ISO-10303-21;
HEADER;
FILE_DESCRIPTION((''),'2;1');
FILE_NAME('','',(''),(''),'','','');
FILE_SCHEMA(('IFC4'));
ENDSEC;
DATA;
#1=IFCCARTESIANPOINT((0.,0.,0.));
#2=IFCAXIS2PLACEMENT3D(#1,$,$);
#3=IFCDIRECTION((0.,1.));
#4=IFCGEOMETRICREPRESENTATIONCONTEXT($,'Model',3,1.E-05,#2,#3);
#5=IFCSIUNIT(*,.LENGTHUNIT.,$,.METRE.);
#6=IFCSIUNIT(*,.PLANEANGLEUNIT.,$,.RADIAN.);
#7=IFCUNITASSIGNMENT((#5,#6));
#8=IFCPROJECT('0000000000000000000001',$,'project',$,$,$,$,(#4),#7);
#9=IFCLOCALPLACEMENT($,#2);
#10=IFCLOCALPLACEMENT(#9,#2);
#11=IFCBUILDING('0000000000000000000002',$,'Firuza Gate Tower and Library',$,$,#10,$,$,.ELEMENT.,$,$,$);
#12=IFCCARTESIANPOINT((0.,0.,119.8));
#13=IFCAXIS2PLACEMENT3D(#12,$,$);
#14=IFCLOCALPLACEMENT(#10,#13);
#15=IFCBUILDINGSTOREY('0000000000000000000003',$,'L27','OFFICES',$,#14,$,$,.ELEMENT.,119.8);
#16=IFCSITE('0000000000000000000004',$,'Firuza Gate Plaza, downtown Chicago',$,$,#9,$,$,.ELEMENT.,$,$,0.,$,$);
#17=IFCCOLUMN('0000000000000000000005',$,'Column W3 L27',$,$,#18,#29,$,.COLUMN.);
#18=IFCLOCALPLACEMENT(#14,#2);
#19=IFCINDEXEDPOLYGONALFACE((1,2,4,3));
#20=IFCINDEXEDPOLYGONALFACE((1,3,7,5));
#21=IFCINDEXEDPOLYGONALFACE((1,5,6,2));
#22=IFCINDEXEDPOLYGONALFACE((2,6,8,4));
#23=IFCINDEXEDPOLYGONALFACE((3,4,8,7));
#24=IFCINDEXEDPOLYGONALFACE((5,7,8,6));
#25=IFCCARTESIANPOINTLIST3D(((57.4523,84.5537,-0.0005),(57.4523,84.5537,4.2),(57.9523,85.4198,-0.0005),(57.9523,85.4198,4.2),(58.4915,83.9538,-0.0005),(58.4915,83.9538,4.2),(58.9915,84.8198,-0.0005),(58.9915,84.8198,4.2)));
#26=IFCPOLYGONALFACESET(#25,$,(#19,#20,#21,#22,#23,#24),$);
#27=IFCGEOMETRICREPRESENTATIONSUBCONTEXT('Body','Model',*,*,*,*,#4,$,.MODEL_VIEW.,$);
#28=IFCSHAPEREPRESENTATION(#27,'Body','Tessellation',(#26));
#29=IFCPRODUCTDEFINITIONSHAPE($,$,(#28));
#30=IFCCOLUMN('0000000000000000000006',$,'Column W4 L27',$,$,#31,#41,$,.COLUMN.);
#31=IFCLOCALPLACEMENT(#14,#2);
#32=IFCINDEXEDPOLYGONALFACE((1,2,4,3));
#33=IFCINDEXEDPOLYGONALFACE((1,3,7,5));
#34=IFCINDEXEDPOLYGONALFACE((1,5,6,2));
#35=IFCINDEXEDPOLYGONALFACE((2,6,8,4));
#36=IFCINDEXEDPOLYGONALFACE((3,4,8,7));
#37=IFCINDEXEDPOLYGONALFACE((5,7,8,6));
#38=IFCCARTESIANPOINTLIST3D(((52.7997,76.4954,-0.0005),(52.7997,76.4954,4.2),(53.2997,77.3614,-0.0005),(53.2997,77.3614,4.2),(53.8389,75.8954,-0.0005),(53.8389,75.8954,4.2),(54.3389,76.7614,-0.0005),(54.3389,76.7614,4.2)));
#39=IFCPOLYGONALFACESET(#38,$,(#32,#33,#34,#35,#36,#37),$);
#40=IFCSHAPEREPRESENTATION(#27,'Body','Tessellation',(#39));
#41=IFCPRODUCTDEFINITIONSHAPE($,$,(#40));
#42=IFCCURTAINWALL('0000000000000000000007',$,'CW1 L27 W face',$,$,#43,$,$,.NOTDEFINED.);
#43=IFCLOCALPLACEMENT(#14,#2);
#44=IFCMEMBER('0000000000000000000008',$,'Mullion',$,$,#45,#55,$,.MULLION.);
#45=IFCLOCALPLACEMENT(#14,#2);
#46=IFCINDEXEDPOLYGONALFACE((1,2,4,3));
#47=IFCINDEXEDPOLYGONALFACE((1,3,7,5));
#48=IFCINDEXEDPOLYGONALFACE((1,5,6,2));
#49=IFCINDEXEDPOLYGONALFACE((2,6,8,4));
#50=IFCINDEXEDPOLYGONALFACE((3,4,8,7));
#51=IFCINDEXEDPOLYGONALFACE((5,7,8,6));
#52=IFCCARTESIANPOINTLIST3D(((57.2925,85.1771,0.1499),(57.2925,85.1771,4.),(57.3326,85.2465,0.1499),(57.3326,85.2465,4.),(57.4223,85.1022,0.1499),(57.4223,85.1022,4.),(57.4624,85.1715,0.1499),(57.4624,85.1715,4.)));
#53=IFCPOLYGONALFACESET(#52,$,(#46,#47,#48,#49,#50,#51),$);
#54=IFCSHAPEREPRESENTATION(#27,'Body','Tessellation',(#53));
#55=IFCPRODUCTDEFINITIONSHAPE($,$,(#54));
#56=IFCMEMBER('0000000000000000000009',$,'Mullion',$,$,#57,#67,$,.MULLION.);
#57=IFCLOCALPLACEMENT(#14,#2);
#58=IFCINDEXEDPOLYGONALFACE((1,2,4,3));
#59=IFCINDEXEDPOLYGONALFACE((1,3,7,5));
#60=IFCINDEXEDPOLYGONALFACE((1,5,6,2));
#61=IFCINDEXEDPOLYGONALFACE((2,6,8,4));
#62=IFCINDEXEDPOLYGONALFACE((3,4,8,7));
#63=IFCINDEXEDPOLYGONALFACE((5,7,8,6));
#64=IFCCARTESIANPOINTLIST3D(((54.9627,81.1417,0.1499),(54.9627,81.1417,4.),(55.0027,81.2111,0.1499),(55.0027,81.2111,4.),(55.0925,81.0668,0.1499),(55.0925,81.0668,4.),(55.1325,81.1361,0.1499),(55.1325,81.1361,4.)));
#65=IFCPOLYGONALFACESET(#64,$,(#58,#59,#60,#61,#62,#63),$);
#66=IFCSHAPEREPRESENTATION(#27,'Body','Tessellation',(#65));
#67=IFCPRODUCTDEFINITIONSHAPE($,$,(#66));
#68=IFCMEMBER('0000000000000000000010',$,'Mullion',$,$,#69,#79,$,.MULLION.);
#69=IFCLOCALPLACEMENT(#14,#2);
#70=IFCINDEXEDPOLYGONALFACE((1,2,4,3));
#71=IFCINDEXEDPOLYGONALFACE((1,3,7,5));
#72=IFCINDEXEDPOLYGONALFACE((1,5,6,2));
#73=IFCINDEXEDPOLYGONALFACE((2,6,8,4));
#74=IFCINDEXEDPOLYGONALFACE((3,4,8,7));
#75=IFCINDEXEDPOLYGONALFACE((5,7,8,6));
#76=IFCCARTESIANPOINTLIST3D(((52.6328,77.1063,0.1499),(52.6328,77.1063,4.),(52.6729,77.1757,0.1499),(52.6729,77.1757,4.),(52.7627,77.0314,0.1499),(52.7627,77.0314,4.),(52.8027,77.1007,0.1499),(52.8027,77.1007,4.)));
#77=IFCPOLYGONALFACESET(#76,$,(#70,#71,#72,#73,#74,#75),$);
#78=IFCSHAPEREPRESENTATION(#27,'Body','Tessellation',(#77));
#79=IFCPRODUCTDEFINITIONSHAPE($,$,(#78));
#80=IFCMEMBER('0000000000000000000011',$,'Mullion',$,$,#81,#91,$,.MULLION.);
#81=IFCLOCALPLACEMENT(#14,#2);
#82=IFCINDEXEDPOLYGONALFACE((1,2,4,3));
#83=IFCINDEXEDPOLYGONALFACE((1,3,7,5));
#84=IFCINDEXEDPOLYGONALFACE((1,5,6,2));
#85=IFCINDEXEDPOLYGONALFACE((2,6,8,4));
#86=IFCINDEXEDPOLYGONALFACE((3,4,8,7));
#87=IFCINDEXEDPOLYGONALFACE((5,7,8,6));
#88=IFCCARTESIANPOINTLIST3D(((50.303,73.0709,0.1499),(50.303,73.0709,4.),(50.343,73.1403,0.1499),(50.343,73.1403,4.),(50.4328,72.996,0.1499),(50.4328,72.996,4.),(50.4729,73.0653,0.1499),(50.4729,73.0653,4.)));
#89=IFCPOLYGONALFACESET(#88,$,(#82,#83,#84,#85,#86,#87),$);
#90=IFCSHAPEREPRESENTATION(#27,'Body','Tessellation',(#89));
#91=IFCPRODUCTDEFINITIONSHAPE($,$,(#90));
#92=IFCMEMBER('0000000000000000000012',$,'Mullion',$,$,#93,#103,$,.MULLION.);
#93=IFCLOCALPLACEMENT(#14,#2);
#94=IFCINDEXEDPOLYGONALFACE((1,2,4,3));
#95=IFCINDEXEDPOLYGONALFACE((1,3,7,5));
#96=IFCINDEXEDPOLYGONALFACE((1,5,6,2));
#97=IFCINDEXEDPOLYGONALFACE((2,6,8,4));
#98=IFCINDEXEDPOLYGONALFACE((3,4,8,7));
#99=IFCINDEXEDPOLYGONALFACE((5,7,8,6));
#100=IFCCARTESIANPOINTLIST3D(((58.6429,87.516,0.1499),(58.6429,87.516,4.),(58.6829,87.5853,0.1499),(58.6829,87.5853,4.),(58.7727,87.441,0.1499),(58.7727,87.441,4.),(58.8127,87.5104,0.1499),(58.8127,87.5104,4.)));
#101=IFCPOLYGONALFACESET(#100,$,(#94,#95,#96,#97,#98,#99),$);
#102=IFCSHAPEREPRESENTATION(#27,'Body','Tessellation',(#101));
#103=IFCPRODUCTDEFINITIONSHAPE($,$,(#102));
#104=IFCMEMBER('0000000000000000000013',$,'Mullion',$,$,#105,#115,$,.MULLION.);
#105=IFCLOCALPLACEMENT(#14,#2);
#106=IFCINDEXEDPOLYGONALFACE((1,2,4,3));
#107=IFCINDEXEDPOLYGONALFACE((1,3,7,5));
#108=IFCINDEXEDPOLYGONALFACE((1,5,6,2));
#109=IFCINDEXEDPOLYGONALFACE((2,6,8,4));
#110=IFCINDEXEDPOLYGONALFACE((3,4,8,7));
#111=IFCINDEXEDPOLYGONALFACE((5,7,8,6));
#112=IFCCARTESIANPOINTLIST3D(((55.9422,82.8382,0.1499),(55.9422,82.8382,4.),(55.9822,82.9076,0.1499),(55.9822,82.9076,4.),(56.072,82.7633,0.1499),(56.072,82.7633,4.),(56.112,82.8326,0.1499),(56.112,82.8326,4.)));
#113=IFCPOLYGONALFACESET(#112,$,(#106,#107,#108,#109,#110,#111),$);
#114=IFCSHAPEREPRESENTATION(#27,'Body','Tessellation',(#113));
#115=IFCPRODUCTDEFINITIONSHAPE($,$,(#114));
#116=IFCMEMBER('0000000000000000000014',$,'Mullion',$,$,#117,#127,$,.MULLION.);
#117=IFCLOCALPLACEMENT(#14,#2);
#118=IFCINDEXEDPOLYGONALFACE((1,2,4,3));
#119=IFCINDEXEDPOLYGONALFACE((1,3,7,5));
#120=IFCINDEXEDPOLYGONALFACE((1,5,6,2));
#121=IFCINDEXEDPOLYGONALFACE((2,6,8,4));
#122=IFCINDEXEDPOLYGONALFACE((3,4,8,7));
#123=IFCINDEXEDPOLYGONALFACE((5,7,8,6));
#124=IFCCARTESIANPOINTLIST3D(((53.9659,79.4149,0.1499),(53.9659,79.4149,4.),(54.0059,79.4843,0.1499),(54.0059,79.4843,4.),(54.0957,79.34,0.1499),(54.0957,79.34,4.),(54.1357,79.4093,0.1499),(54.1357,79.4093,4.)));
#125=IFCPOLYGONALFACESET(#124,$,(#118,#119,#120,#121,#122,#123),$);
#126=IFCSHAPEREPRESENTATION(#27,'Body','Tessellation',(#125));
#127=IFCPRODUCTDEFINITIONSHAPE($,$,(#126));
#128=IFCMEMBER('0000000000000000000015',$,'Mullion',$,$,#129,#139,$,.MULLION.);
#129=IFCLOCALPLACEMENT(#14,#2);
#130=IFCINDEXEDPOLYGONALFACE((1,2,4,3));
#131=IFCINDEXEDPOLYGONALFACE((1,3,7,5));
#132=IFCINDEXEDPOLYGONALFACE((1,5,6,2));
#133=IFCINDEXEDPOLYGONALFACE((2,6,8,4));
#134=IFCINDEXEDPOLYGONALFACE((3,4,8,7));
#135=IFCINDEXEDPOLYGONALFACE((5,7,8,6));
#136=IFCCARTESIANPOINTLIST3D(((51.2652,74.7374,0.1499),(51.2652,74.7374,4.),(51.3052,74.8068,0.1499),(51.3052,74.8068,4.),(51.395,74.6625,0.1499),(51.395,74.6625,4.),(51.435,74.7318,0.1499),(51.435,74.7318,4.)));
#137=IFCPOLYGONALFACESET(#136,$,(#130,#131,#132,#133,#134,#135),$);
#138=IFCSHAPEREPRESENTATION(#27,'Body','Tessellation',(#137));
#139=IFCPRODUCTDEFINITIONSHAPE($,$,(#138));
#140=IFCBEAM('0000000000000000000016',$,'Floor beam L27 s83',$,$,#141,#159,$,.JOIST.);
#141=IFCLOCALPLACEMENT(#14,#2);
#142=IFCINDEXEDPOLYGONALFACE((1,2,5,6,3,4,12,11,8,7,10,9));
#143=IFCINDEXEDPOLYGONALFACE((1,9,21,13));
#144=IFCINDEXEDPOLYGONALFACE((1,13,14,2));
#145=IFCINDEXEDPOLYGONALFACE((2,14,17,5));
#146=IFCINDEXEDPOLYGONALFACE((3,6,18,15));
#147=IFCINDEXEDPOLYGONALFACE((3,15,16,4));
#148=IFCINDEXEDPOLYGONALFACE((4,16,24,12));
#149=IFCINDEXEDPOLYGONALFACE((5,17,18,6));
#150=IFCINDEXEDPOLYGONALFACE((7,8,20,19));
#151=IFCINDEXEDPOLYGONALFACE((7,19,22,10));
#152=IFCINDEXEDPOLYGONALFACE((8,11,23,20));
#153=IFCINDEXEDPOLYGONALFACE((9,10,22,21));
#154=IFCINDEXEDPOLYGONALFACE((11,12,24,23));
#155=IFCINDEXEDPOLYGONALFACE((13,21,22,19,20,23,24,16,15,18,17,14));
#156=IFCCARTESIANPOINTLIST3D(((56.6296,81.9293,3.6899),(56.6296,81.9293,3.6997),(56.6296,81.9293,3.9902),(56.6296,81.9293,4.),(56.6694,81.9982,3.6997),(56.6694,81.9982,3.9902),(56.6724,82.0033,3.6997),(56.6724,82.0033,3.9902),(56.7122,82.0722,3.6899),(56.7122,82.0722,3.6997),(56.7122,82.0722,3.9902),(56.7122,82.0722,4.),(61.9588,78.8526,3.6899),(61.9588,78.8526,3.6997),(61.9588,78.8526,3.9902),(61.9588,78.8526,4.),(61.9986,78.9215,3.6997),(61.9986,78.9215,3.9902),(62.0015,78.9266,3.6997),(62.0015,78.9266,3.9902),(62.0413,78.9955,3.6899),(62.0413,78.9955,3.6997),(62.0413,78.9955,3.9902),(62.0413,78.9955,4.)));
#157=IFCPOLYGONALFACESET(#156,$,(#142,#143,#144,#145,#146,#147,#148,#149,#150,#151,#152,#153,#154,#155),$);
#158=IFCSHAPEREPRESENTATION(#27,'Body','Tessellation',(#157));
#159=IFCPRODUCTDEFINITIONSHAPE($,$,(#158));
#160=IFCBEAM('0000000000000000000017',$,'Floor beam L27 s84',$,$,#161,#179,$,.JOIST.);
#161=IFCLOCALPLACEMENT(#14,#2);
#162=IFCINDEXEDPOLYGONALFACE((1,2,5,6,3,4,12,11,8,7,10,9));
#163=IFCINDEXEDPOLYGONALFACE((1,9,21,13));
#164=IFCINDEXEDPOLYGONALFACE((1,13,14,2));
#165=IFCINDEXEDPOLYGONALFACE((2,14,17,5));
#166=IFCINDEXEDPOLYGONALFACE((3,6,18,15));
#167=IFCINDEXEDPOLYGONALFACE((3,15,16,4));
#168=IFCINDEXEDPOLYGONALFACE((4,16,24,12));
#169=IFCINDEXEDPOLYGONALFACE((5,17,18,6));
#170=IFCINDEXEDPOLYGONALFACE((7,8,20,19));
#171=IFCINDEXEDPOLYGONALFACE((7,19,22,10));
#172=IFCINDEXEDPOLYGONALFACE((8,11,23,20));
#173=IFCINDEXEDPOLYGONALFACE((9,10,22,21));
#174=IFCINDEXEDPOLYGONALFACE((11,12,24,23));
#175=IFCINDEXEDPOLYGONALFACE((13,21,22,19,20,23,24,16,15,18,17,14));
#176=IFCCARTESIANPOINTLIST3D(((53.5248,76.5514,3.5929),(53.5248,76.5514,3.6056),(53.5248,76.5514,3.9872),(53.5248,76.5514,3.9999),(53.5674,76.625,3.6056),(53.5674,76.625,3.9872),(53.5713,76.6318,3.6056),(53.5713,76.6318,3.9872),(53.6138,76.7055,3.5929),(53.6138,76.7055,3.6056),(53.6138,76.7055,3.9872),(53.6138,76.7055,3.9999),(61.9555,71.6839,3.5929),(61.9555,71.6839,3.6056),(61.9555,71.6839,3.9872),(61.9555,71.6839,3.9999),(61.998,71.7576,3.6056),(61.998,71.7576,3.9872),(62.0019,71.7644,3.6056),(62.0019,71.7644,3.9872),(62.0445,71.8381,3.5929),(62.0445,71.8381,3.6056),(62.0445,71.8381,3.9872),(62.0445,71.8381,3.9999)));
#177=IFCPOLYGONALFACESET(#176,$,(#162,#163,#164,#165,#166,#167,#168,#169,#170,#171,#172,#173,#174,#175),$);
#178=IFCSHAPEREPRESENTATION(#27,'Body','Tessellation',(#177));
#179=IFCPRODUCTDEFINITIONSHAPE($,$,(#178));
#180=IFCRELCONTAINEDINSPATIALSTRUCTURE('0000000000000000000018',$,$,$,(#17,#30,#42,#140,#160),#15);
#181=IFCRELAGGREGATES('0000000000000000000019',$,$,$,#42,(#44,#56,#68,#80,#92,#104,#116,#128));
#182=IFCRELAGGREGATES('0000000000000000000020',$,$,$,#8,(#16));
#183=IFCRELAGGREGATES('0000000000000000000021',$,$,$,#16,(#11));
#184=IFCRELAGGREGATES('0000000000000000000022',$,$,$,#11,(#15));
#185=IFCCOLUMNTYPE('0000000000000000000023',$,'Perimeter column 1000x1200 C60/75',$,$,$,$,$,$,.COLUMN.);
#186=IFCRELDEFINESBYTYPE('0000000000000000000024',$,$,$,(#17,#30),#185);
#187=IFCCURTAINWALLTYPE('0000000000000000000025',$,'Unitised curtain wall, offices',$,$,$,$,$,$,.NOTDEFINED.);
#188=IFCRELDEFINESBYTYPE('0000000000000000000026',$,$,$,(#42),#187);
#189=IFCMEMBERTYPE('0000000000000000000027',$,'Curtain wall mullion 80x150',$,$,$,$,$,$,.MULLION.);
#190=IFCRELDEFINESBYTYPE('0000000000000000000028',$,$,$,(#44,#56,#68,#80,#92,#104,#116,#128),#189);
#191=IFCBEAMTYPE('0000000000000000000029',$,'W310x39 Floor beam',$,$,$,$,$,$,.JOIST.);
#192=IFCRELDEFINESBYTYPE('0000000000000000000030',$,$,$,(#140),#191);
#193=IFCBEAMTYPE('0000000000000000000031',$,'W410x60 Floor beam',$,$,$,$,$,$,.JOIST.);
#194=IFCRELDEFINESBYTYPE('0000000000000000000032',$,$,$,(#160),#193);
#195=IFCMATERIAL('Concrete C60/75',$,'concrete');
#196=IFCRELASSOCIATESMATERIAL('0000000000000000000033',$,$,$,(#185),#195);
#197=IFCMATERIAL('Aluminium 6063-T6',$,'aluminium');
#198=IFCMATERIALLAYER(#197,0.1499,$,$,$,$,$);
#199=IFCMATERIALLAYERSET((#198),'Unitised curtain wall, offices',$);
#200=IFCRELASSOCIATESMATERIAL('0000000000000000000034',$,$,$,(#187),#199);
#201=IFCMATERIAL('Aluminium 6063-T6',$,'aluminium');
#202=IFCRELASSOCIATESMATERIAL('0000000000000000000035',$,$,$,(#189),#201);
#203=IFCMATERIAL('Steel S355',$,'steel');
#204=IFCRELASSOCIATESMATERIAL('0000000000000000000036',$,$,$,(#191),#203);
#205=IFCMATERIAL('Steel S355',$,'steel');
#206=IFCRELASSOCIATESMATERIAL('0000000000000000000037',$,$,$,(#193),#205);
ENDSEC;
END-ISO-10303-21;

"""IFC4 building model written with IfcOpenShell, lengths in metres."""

from ifc_helpers import new_model, si_unit, direction, frame, origin, origin_2d, place, context, subcontext, project, spatial, rectangle, i_section, extrude, material, layer, layer_set, material_profile, profile_set, type_object, element, aggregate, save


model = new_model("IFC4")

# Units and contexts
model_context = context("Model", 3, precision=1e-05, world=origin(), true_north=direction((0.0, 1.0)))
body_context = subcontext(model_context, "Body", "Model", "MODEL_VIEW")
ifc_project = project(units=[si_unit("LENGTHUNIT", "METRE"), si_unit("PLANEANGLEUNIT", "RADIAN")], contexts=[model_context])

# Site, building, storey
site_placement = place(None, origin())
site = spatial("IfcSite", under=ifc_project, at=site_placement, Name="Firuza Gate Plaza, downtown Chicago", CompositionType="ELEMENT", RefElevation=0.0)
building_placement = place(site_placement, origin())
building = spatial("IfcBuilding", under=site, at=building_placement, Name="Firuza Gate Tower and Library", CompositionType="ELEMENT")
storey_placement = place(building_placement, frame((0.0, 0.0, 119.8)))
storey = spatial("IfcBuildingStorey", under=building, at=storey_placement, Name="L27", Description="OFFICES", CompositionType="ELEMENT", Elevation=119.8)

# Columns
ifc_material_1 = material(Name="Concrete C60/75", Category="concrete")
ifc_material_profile_1 = material_profile(ifc_material_1, rectangle(XDim=1.0, YDim=1.2, at=origin_2d()))
ifc_profile_set_1 = profile_set([ifc_material_profile_1], Name="Concrete C60/75")
column_type = type_object("IfcColumnType", Name="Perimeter column 1000x1200 C60/75", PredefinedType="COLUMN", material=ifc_profile_set_1)
for number, where, z_axis, x_axis, name in (
    (1, (58.2219, 84.6868, -0.0005), (0.0, 0.0, 1.0), (-0.5, -0.866025, 0.0), "Column W3 L27"),
    (2, (53.5693, 76.6284, -0.0005), (0.0, 0.0, 1.0), (-0.5, -0.866025, 0.0), "Column W4 L27"),
):
    element("IfcColumn", number, at=place(storey_placement, frame(where, z_axis=z_axis, x_axis=x_axis)), inside=storey, type_object=column_type, Name=name, PredefinedType="COLUMN", context=body_context, shape_type="SweptSolid", body=[
        extrude(rectangle(XDim=1.0, YDim=1.2, at=origin_2d()), origin(), (0.0, 0.0, 1.0), 4.2004),
    ])

# Curtain wall, members
ifc_material_2 = material(Name="Aluminium 6063-T6", Category="aluminium")
ifc_layer_1 = layer(ifc_material_2, 0.1499)
ifc_layer_set_1 = layer_set([ifc_layer_1], Name="Unitised curtain wall, offices")
curtain_wall_type = type_object("IfcCurtainWallType", Name="Unitised curtain wall, offices", PredefinedType="NOTDEFINED", material=ifc_layer_set_1)
curtain_wall_placement = place(storey_placement, origin())
curtain_wall = element("IfcCurtainWall", 3, at=curtain_wall_placement, inside=storey, type_object=curtain_wall_type, Name="CW1 L27 W face", PredefinedType="NOTDEFINED")
ifc_material_3 = material(Name="Aluminium 6063-T6", Category="aluminium")
ifc_material_profile_2 = material_profile(ifc_material_3, rectangle(XDim=0.1499, YDim=0.0801, at=origin_2d()))
ifc_profile_set_2 = profile_set([ifc_material_profile_2], Name="Aluminium 6063-T6")
member_type = type_object("IfcMemberType", Name="Curtain wall mullion 80x150", PredefinedType="MULLION", material=ifc_profile_set_2)
member_1_placement = place(storey_placement, frame((57.3774, 85.1743, 0.1499), z_axis=(0.0, 0.0, 1.0), x_axis=(0.866025, -0.5, 0.0)))
member_1 = element("IfcMember", 4, at=member_1_placement, type_object=member_type, Name="Mullion", PredefinedType="MULLION", context=body_context, shape_type="SweptSolid", body=[
    extrude(rectangle(XDim=0.1499, YDim=0.0801, at=origin_2d()), origin(), (0.0, 0.0, 1.0), 3.8501),
])
member_2_placement = place(storey_placement, frame((55.0476, 81.1389, 0.1499), z_axis=(0.0, 0.0, 1.0), x_axis=(0.866025, -0.5, 0.0)))
member_2 = element("IfcMember", 5, at=member_2_placement, type_object=member_type, Name="Mullion", PredefinedType="MULLION", context=body_context, shape_type="SweptSolid", body=[
    extrude(rectangle(XDim=0.1499, YDim=0.0801, at=origin_2d()), origin(), (0.0, 0.0, 1.0), 3.8501),
])
member_3_placement = place(storey_placement, frame((52.7178, 77.1035, 0.1499), z_axis=(0.0, 0.0, 1.0), x_axis=(0.866025, -0.5, 0.0)))
member_3 = element("IfcMember", 6, at=member_3_placement, type_object=member_type, Name="Mullion", PredefinedType="MULLION", context=body_context, shape_type="SweptSolid", body=[
    extrude(rectangle(XDim=0.1499, YDim=0.0801, at=origin_2d()), origin(), (0.0, 0.0, 1.0), 3.8501),
])
member_4_placement = place(storey_placement, frame((50.3879, 73.0681, 0.1499), z_axis=(0.0, 0.0, 1.0), x_axis=(0.866025, -0.5, 0.0)))
member_4 = element("IfcMember", 7, at=member_4_placement, type_object=member_type, Name="Mullion", PredefinedType="MULLION", context=body_context, shape_type="SweptSolid", body=[
    extrude(rectangle(XDim=0.1499, YDim=0.0801, at=origin_2d()), origin(), (0.0, 0.0, 1.0), 3.8501),
])
member_5_placement = place(storey_placement, frame((58.7278, 87.5132, 0.1499), z_axis=(0.0, 0.0, 1.0), x_axis=(0.866025, -0.5, 0.0)))
member_5 = element("IfcMember", 8, at=member_5_placement, type_object=member_type, Name="Mullion", PredefinedType="MULLION", context=body_context, shape_type="SweptSolid", body=[
    extrude(rectangle(XDim=0.1499, YDim=0.0801, at=origin_2d()), origin(), (0.0, 0.0, 1.0), 3.8501),
])
member_6_placement = place(storey_placement, frame((56.0271, 82.8354, 0.1499), z_axis=(0.0, 0.0, 1.0), x_axis=(0.866025, -0.5, 0.0)))
member_6 = element("IfcMember", 9, at=member_6_placement, type_object=member_type, Name="Mullion", PredefinedType="MULLION", context=body_context, shape_type="SweptSolid", body=[
    extrude(rectangle(XDim=0.1499, YDim=0.0801, at=origin_2d()), origin(), (0.0, 0.0, 1.0), 3.8501),
])
member_7_placement = place(storey_placement, frame((54.0508, 79.4121, 0.1499), z_axis=(0.0, 0.0, 1.0), x_axis=(0.866025, -0.5, 0.0)))
member_7 = element("IfcMember", 10, at=member_7_placement, type_object=member_type, Name="Mullion", PredefinedType="MULLION", context=body_context, shape_type="SweptSolid", body=[
    extrude(rectangle(XDim=0.1499, YDim=0.0801, at=origin_2d()), origin(), (0.0, 0.0, 1.0), 3.8501),
])
member_8_placement = place(storey_placement, frame((51.3501, 74.7346, 0.1499), z_axis=(0.0, 0.0, 1.0), x_axis=(0.866025, -0.5, 0.0)))
member_8 = element("IfcMember", 11, at=member_8_placement, type_object=member_type, Name="Mullion", PredefinedType="MULLION", context=body_context, shape_type="SweptSolid", body=[
    extrude(rectangle(XDim=0.1499, YDim=0.0801, at=origin_2d()), origin(), (0.0, 0.0, 1.0), 3.8501),
])

# Beams
ifc_material_4 = material(Name="Steel S355", Category="steel")
ifc_material_profile_3 = material_profile(ifc_material_4, i_section(OverallWidth=0.165, OverallDepth=0.3101, WebThickness=0.0059, FlangeThickness=0.0098, at=origin_2d()))
ifc_profile_set_3 = profile_set([ifc_material_profile_3], Name="Steel S355")
beam_type_1 = type_object("IfcBeamType", Name="W310x39 Floor beam", PredefinedType="JOIST", material=ifc_profile_set_3)
beam_1_placement = place(storey_placement, frame((56.6709, 82.0007, 3.845), z_axis=(0.866032, -0.499988, 0.0), x_axis=(0.499988, 0.866032, 0.0)))
element("IfcBeam", 12, at=beam_1_placement, inside=storey, type_object=beam_type_1, Name="Floor beam L27 s83", PredefinedType="JOIST", context=body_context, shape_type="SweptSolid", body=[
    extrude(i_section(OverallWidth=0.165, OverallDepth=0.3101, WebThickness=0.0059, FlangeThickness=0.0098, at=origin_2d()), origin(), (0.0, 0.0, 1.0), 6.1536),
])
ifc_material_5 = material(Name="Steel S355", Category="steel")
ifc_material_profile_4 = material_profile(ifc_material_5, i_section(OverallWidth=0.178, OverallDepth=0.407, WebThickness=0.0078, FlangeThickness=0.0127, at=origin_2d()))
ifc_profile_set_4 = profile_set([ifc_material_profile_4], Name="Steel S355")
beam_type_2 = type_object("IfcBeamType", Name="W410x60 Floor beam", PredefinedType="JOIST", material=ifc_profile_set_4)
beam_2_placement = place(storey_placement, frame((53.5693, 76.6284, 3.7964), z_axis=(0.866026, -0.499999, 0.0), x_axis=(0.499999, 0.866026, 0.0)))
element("IfcBeam", 13, at=beam_2_placement, inside=storey, type_object=beam_type_2, Name="Floor beam L27 s84", PredefinedType="JOIST", context=body_context, shape_type="SweptSolid", body=[
    extrude(i_section(OverallWidth=0.178, OverallDepth=0.407, WebThickness=0.0078, FlangeThickness=0.0127, at=origin_2d()), origin(), (0.0, 0.0, 1.0), 9.7349),
])

aggregate(curtain_wall, [member_1, member_2, member_3, member_4, member_5, member_6, member_7, member_8])

save(model, "model.ifc")
